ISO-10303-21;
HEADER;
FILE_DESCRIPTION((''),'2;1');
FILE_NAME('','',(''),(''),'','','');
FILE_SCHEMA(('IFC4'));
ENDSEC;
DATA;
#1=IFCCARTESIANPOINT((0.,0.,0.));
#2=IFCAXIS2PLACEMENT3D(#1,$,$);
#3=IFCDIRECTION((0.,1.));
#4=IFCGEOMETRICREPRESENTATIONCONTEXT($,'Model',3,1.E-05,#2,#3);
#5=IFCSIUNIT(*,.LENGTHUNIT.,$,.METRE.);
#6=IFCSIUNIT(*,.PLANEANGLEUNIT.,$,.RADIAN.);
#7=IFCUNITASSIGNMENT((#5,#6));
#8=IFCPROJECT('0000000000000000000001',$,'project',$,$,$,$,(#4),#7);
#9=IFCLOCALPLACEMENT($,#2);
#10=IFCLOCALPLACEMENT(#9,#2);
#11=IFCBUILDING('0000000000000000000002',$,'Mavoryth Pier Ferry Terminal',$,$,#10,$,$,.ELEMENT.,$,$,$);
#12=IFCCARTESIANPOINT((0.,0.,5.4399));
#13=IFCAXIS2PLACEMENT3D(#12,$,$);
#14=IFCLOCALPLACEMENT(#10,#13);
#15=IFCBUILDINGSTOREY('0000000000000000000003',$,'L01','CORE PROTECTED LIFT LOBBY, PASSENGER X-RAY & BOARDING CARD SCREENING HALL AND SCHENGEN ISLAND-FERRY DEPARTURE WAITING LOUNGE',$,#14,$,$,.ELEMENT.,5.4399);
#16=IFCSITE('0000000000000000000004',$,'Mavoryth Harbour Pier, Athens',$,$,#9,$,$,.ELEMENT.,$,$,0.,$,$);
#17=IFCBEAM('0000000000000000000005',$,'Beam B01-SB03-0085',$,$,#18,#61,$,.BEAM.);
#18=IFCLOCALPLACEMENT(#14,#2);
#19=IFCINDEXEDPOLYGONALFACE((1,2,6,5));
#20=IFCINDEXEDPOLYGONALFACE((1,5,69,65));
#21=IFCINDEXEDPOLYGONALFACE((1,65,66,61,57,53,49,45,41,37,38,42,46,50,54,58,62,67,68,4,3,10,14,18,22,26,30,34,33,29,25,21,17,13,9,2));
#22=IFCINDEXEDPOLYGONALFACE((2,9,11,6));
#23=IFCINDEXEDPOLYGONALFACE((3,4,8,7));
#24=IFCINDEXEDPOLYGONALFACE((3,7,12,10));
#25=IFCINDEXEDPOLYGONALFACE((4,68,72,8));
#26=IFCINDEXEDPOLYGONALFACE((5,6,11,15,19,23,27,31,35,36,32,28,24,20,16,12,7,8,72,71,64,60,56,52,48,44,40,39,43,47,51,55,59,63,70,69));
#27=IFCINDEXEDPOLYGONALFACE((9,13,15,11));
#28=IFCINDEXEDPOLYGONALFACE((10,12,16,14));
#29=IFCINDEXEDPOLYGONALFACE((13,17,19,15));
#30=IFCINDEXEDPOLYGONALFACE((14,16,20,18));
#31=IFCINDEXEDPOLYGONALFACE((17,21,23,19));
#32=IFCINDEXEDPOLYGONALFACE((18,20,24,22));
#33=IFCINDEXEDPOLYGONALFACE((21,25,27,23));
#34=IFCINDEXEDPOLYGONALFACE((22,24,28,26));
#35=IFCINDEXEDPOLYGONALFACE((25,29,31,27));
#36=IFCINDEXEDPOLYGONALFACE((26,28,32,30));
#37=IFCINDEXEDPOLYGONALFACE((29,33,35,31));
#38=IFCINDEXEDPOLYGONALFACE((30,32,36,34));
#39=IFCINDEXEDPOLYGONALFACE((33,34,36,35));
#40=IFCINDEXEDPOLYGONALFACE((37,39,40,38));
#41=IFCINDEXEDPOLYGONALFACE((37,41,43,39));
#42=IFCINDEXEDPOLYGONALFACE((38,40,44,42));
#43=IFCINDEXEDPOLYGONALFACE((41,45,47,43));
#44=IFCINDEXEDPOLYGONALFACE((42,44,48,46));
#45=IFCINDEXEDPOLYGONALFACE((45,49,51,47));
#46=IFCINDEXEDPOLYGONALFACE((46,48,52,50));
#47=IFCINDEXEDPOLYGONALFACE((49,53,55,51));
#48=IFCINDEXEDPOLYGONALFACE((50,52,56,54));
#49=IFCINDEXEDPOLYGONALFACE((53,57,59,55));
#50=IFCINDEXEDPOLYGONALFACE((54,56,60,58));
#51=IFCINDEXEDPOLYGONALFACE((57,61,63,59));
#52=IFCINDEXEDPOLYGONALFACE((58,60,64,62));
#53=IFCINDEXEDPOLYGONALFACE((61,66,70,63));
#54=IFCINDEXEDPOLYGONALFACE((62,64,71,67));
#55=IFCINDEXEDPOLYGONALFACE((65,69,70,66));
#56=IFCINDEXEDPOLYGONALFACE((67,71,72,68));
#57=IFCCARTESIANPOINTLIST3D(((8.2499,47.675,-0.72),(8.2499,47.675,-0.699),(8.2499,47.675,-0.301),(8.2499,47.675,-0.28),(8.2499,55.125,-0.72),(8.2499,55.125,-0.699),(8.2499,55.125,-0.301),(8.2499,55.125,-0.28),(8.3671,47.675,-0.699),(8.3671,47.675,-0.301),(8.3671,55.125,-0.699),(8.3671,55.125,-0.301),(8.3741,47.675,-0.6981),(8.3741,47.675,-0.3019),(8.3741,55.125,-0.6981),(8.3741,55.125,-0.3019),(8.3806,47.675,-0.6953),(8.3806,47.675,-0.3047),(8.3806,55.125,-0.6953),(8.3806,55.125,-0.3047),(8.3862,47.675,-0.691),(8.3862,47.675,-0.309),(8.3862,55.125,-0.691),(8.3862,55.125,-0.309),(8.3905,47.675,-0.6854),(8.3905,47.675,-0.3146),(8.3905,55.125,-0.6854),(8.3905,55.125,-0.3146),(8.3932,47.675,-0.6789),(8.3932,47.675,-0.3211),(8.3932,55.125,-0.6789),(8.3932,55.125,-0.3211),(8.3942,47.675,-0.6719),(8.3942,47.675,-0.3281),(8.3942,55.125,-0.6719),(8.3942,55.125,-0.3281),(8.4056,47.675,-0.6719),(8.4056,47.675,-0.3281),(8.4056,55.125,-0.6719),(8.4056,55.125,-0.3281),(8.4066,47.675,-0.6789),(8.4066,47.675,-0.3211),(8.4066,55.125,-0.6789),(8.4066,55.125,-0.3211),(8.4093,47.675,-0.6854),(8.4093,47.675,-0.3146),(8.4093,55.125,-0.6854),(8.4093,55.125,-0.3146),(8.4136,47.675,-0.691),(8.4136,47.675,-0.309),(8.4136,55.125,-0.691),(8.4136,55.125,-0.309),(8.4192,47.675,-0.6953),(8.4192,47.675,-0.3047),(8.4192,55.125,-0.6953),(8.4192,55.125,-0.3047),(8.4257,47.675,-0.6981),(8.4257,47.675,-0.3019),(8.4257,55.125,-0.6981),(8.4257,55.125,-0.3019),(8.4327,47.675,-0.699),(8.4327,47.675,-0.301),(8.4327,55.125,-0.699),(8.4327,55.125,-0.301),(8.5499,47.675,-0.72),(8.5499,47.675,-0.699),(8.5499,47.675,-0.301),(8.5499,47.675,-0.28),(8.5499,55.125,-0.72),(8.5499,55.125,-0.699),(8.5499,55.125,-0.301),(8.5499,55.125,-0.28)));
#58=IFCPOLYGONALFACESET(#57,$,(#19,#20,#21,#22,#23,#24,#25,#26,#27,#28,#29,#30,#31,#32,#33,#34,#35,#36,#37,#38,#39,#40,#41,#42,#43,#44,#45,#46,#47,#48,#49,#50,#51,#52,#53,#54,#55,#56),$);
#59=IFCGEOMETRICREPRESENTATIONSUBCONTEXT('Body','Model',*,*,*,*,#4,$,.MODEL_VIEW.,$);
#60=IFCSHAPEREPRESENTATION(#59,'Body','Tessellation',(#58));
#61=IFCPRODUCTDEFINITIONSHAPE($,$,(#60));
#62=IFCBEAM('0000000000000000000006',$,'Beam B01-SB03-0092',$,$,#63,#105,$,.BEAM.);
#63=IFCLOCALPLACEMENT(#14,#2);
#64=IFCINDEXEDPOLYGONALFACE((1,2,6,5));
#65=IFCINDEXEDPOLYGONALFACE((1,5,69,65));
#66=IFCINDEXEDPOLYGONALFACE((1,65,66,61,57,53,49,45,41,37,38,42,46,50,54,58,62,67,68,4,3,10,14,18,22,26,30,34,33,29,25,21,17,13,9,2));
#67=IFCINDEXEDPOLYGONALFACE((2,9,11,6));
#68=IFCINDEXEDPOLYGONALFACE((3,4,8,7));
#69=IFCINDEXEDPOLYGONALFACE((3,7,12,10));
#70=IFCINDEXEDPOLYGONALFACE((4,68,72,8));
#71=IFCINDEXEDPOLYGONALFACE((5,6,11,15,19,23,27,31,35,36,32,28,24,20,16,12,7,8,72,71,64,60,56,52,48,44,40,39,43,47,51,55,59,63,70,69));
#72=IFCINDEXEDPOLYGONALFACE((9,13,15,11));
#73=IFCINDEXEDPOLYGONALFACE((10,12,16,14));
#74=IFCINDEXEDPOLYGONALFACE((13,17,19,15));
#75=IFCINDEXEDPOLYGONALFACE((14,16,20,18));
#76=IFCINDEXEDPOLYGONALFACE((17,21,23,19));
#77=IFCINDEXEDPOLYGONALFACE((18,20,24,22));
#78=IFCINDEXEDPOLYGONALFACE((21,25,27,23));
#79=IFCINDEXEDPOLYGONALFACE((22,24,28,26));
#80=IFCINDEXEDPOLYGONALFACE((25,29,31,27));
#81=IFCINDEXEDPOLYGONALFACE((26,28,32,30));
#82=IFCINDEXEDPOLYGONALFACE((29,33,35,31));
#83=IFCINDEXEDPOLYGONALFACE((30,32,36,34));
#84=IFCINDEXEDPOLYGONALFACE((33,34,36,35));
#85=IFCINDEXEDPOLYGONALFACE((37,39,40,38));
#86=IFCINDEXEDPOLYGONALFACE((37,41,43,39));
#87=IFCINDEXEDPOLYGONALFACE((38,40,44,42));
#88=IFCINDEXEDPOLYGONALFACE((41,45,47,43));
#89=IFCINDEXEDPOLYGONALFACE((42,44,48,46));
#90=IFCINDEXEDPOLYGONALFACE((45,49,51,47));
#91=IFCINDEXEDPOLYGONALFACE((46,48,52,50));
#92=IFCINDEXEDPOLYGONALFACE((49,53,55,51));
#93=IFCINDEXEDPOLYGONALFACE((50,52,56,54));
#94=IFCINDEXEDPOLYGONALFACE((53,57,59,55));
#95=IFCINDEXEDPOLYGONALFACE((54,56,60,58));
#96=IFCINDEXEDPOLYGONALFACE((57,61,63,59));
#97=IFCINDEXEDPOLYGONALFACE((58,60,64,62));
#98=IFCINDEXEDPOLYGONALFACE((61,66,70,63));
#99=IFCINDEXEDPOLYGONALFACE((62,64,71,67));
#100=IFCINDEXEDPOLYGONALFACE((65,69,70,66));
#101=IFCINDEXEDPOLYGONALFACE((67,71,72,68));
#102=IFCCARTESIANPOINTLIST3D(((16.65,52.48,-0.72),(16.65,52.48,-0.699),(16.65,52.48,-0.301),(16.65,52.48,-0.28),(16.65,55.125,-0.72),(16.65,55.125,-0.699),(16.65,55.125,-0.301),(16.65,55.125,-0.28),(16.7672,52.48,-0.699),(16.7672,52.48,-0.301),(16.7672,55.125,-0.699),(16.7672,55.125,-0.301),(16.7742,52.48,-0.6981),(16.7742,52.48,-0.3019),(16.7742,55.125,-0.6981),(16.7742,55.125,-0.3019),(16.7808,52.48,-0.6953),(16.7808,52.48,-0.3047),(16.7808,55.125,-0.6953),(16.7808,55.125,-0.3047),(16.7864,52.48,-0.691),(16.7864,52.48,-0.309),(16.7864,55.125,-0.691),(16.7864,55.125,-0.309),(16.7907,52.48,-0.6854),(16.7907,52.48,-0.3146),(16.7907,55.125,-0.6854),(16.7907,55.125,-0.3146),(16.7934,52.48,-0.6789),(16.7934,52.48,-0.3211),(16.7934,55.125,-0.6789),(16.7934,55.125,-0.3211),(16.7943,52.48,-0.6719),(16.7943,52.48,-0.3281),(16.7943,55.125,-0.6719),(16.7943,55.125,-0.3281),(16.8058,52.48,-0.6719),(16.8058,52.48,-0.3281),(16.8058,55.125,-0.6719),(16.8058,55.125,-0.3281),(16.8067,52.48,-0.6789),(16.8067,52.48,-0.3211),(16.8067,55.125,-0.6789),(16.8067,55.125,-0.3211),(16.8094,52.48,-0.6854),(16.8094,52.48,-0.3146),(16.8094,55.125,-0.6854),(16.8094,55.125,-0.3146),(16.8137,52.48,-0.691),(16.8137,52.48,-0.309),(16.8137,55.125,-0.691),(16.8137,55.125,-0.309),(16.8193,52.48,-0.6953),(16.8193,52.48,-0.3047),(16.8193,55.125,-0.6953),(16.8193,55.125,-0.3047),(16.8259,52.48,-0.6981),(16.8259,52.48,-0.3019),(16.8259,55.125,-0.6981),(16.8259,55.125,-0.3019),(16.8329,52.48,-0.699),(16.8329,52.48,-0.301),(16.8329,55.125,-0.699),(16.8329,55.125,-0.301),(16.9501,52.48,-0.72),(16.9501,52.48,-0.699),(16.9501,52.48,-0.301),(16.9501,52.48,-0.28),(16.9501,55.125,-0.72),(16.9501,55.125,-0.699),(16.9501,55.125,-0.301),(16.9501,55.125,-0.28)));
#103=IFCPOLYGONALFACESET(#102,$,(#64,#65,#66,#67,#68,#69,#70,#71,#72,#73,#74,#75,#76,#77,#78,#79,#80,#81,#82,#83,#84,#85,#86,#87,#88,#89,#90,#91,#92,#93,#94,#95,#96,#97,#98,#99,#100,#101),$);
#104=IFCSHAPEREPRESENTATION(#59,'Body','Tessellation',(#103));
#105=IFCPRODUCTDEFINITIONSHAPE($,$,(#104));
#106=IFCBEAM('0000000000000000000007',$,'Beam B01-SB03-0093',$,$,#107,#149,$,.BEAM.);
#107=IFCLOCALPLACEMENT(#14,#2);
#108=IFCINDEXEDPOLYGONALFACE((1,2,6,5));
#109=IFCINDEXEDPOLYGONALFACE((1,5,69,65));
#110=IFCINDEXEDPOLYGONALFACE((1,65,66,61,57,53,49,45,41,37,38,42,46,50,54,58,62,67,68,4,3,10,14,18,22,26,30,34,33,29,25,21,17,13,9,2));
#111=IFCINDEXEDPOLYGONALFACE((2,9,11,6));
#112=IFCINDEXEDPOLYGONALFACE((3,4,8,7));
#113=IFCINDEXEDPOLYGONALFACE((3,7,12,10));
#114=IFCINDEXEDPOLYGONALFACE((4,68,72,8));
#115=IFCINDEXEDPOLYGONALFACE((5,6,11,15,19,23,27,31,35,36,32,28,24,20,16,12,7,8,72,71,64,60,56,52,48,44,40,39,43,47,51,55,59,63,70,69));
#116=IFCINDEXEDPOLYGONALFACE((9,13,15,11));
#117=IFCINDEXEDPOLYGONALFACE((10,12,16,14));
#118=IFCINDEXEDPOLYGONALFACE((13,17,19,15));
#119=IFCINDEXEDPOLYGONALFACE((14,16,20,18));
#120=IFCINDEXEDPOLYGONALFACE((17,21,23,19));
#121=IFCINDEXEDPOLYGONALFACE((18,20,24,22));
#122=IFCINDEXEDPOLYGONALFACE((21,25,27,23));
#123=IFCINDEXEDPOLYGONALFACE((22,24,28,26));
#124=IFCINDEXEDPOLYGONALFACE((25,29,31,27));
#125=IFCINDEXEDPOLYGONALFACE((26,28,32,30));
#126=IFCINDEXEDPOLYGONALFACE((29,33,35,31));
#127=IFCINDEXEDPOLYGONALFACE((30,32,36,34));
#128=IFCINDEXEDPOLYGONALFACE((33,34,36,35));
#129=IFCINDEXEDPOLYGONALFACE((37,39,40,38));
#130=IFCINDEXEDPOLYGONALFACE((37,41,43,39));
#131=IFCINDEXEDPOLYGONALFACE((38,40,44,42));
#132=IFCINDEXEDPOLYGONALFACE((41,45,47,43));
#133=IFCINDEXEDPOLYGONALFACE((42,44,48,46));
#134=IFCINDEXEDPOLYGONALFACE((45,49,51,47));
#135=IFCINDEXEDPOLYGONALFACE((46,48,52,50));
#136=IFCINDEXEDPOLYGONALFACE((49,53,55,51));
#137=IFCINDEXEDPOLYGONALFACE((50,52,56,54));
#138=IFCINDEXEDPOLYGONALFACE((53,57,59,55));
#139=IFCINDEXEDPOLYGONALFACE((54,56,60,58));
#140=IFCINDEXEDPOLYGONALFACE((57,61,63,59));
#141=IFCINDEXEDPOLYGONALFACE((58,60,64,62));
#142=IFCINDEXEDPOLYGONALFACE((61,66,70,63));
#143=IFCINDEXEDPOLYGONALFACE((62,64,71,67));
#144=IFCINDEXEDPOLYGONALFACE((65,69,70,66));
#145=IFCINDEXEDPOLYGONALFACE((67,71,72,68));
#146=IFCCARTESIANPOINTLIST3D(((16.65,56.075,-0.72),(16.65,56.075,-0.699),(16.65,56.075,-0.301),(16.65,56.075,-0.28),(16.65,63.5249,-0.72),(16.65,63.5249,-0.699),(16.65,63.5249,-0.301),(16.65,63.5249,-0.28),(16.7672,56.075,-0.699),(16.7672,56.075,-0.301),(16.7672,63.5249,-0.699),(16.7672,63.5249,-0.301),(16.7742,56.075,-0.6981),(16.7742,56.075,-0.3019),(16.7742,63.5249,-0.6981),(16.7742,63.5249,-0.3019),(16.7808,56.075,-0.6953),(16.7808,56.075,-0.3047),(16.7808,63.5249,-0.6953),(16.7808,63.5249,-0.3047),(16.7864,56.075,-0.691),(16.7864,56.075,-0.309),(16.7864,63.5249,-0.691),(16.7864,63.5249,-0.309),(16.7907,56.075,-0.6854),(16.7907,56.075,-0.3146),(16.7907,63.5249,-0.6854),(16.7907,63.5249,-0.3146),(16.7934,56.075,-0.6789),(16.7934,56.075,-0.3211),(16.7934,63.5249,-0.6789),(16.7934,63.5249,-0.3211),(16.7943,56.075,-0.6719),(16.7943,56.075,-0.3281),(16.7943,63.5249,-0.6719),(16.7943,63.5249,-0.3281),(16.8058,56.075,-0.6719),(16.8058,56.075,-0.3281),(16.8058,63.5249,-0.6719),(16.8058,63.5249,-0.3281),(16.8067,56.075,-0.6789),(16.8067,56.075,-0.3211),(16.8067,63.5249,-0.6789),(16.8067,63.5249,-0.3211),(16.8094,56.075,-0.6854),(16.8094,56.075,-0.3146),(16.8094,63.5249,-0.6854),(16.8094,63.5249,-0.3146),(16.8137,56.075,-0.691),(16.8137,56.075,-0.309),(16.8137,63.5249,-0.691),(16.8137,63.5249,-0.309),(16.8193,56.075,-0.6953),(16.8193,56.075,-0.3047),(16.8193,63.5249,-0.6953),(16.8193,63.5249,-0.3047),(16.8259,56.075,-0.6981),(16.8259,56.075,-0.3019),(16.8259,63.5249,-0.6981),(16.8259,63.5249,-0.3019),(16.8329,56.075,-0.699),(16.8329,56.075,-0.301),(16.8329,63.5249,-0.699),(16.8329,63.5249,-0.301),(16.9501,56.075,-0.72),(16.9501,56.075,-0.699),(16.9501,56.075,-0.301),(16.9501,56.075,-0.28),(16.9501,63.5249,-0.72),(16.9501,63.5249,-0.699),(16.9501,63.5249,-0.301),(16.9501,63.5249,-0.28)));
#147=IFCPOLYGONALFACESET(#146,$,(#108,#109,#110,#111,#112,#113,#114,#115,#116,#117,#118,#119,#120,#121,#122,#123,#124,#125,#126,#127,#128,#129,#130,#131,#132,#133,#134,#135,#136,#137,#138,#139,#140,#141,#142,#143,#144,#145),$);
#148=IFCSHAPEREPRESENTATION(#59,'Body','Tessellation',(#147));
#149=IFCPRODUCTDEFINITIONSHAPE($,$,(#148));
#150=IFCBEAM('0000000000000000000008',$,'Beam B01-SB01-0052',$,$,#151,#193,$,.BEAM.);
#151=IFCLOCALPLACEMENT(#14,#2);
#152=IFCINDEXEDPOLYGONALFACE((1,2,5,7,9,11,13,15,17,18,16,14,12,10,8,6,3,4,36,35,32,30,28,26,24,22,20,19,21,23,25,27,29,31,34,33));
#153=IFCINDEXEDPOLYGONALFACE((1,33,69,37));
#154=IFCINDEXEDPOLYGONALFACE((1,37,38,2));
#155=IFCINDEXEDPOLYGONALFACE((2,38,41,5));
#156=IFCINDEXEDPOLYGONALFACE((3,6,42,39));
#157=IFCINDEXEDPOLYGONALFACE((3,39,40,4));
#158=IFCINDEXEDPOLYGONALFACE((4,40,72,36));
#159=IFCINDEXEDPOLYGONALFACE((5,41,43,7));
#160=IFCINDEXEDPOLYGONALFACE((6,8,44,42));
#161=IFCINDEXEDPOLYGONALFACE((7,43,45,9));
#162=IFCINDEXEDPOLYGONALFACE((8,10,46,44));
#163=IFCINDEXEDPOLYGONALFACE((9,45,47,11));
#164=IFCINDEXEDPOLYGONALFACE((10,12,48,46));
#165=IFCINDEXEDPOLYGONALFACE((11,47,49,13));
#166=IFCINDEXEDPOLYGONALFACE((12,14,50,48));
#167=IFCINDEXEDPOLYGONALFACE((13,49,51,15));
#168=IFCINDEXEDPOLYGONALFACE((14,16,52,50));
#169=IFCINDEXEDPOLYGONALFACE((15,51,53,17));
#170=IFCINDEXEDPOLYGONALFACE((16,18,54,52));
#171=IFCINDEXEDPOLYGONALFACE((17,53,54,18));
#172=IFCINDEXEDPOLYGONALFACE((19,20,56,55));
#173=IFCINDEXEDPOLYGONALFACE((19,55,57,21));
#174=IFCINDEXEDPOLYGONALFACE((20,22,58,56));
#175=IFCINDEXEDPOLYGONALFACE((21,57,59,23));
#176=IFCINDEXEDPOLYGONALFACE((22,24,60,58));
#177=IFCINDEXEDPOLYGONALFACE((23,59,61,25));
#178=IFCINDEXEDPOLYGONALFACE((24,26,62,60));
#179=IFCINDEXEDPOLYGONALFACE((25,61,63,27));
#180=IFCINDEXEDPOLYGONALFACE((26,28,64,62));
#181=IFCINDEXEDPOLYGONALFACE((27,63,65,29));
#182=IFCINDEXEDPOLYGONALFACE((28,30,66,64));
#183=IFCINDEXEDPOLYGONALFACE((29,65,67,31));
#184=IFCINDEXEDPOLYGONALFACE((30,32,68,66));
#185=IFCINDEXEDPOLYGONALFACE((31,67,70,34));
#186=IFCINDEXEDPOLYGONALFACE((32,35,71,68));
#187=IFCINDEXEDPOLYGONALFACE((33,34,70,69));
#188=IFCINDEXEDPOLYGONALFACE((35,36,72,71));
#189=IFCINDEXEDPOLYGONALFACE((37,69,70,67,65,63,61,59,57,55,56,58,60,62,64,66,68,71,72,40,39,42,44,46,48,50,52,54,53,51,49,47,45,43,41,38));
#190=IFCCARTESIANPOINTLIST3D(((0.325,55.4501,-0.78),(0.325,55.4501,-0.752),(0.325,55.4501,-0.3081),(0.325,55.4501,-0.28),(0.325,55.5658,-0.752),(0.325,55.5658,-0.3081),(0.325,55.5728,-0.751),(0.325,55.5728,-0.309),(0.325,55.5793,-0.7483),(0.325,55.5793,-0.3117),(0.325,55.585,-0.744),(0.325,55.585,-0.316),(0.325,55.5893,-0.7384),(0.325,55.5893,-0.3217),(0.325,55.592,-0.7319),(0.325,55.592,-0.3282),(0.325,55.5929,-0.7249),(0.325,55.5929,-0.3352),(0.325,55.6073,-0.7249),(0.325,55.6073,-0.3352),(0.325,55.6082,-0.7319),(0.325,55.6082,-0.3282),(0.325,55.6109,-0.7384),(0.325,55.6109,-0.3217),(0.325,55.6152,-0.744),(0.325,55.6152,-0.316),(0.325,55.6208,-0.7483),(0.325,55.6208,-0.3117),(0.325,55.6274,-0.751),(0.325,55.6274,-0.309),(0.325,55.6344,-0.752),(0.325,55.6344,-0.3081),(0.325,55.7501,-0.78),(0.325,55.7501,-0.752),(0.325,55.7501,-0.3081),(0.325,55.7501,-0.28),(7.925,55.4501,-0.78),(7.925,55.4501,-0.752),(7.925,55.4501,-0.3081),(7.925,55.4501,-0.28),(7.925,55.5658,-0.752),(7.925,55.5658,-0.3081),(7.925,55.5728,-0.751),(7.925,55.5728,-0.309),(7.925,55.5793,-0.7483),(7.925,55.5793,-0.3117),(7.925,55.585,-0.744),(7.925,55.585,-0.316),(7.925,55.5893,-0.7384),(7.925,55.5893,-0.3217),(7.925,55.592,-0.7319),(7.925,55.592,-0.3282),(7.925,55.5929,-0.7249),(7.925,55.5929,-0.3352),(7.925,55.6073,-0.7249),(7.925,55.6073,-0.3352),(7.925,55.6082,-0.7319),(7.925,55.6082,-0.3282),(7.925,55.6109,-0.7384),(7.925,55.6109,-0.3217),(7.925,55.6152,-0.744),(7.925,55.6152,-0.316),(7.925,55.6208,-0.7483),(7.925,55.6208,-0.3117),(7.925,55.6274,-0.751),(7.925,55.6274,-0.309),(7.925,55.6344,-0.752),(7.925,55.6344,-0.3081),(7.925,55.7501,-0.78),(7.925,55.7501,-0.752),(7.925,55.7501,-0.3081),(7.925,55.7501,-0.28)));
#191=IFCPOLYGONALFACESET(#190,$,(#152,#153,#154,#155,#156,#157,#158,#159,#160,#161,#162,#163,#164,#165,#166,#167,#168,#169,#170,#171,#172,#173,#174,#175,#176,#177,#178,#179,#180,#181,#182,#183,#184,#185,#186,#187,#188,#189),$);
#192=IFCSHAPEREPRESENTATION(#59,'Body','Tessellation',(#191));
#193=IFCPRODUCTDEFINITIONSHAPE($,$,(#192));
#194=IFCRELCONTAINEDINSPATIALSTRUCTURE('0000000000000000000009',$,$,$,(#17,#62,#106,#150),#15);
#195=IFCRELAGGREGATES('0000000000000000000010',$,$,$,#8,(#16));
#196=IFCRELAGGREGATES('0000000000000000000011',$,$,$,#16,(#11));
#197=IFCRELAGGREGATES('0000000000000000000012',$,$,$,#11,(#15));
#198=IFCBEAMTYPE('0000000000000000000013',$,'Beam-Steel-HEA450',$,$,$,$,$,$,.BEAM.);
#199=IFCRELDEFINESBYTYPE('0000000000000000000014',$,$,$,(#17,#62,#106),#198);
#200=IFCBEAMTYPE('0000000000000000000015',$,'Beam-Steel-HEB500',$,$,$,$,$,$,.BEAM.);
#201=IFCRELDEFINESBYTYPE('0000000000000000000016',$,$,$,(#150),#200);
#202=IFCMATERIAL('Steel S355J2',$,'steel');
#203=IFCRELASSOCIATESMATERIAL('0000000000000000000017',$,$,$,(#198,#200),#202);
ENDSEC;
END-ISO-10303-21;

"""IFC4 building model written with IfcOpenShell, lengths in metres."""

from ifc_helpers import new_model, si_unit, direction, frame, origin, origin_2d, place, context, subcontext, project, spatial, i_section, extrude, material, material_profile, profile_set, type_object, element, save


model = new_model("IFC4")

# Units and contexts
model_context = context("Model", 3, precision=1e-05, world=origin(), true_north=direction((0.0, 1.0)))
body_context = subcontext(model_context, "Body", "Model", "MODEL_VIEW")
ifc_project = project(units=[si_unit("LENGTHUNIT", "METRE"), si_unit("PLANEANGLEUNIT", "RADIAN")], contexts=[model_context])

# Site, building, storey
site_placement = place(None, origin())
site = spatial("IfcSite", under=ifc_project, at=site_placement, Name="Mavoryth Harbour Pier, Athens", CompositionType="ELEMENT", RefElevation=0.0)
building_placement = place(site_placement, origin())
building = spatial("IfcBuilding", under=site, at=building_placement, Name="Mavoryth Pier Ferry Terminal", CompositionType="ELEMENT")
storey_placement = place(building_placement, frame((0.0, 0.0, 5.4399)))
storey = spatial("IfcBuildingStorey", under=building, at=storey_placement, Name="L01", Description="CORE PROTECTED LIFT LOBBY, PASSENGER X-RAY & BOARDING CARD SCREENING HALL AND SCHENGEN ISLAND-FERRY DEPARTURE WAITING LOUNGE", CompositionType="ELEMENT", Elevation=5.4399)

# Beams
ifc_material_1 = material(Name="Steel S355J2", Category="steel")
ifc_material_profile_1 = material_profile(ifc_material_1, i_section(OverallWidth=0.3, OverallDepth=0.4399, WebThickness=0.0115, FlangeThickness=0.021, FilletRadius=0.0271, at=origin_2d()), Name="HEA 450", Category="steel")
ifc_profile_set_1 = profile_set([ifc_material_profile_1], Name="Steel S355J2 - HEA 450")
beam_type_1 = type_object("IfcBeamType", Name="Beam-Steel-HEA450", PredefinedType="BEAM", material=ifc_profile_set_1)
beam_1_placement = place(storey_placement, frame((8.3999, 47.675, -0.5), z_axis=(0.0, 1.0, 0.0), x_axis=(-1.0, 0.0, 0.0)))
element("IfcBeam", 1, at=beam_1_placement, inside=storey, type_object=beam_type_1, Name="Beam B01-SB03-0085", PredefinedType="BEAM", context=body_context, shape_type="SweptSolid", body=[
    extrude(i_section(OverallWidth=0.3, OverallDepth=0.4399, WebThickness=0.0115, FlangeThickness=0.021, FilletRadius=0.0271, at=origin_2d()), origin(), (0.0, 0.0, 1.0), 7.45),
])
beam_2_placement = place(storey_placement, frame((16.8, 52.48, -0.5), z_axis=(0.0, 1.0, 0.0), x_axis=(-1.0, 0.0, 0.0)))
element("IfcBeam", 2, at=beam_2_placement, inside=storey, type_object=beam_type_1, Name="Beam B01-SB03-0092", PredefinedType="BEAM", context=body_context, shape_type="SweptSolid", body=[
    extrude(i_section(OverallWidth=0.3, OverallDepth=0.4399, WebThickness=0.0115, FlangeThickness=0.021, FilletRadius=0.0271, at=origin_2d()), origin(), (0.0, 0.0, 1.0), 2.645),
])
beam_3_placement = place(storey_placement, frame((16.8, 56.075, -0.5), z_axis=(0.0, 1.0, 0.0), x_axis=(-1.0, 0.0, 0.0)))
element("IfcBeam", 3, at=beam_3_placement, inside=storey, type_object=beam_type_1, Name="Beam B01-SB03-0093", PredefinedType="BEAM", context=body_context, shape_type="SweptSolid", body=[
    extrude(i_section(OverallWidth=0.3, OverallDepth=0.4399, WebThickness=0.0115, FlangeThickness=0.021, FilletRadius=0.0271, at=origin_2d()), origin(), (0.0, 0.0, 1.0), 7.45),
])
ifc_material_profile_2 = material_profile(ifc_material_1, i_section(OverallWidth=0.3, OverallDepth=0.5, WebThickness=0.0144, FlangeThickness=0.0281, FilletRadius=0.0271, at=origin_2d()), Name="HEB 500", Category="steel")
ifc_profile_set_2 = profile_set([ifc_material_profile_2], Name="Steel S355J2 - HEB 500")
beam_type_2 = type_object("IfcBeamType", Name="Beam-Steel-HEB500", PredefinedType="BEAM", material=ifc_profile_set_2)
beam_4_placement = place(storey_placement, frame((0.325, 55.6001, -0.53), z_axis=(1.0, 0.0, 0.0), x_axis=(0.0, 1.0, 0.0)))
element("IfcBeam", 4, at=beam_4_placement, inside=storey, type_object=beam_type_2, Name="Beam B01-SB01-0052", PredefinedType="BEAM", context=body_context, shape_type="SweptSolid", body=[
    extrude(i_section(OverallWidth=0.3, OverallDepth=0.5, WebThickness=0.0144, FlangeThickness=0.0281, FilletRadius=0.0271, at=origin_2d()), origin(), (0.0, 0.0, 1.0), 7.6001),
])

save(model, "model.ifc")
